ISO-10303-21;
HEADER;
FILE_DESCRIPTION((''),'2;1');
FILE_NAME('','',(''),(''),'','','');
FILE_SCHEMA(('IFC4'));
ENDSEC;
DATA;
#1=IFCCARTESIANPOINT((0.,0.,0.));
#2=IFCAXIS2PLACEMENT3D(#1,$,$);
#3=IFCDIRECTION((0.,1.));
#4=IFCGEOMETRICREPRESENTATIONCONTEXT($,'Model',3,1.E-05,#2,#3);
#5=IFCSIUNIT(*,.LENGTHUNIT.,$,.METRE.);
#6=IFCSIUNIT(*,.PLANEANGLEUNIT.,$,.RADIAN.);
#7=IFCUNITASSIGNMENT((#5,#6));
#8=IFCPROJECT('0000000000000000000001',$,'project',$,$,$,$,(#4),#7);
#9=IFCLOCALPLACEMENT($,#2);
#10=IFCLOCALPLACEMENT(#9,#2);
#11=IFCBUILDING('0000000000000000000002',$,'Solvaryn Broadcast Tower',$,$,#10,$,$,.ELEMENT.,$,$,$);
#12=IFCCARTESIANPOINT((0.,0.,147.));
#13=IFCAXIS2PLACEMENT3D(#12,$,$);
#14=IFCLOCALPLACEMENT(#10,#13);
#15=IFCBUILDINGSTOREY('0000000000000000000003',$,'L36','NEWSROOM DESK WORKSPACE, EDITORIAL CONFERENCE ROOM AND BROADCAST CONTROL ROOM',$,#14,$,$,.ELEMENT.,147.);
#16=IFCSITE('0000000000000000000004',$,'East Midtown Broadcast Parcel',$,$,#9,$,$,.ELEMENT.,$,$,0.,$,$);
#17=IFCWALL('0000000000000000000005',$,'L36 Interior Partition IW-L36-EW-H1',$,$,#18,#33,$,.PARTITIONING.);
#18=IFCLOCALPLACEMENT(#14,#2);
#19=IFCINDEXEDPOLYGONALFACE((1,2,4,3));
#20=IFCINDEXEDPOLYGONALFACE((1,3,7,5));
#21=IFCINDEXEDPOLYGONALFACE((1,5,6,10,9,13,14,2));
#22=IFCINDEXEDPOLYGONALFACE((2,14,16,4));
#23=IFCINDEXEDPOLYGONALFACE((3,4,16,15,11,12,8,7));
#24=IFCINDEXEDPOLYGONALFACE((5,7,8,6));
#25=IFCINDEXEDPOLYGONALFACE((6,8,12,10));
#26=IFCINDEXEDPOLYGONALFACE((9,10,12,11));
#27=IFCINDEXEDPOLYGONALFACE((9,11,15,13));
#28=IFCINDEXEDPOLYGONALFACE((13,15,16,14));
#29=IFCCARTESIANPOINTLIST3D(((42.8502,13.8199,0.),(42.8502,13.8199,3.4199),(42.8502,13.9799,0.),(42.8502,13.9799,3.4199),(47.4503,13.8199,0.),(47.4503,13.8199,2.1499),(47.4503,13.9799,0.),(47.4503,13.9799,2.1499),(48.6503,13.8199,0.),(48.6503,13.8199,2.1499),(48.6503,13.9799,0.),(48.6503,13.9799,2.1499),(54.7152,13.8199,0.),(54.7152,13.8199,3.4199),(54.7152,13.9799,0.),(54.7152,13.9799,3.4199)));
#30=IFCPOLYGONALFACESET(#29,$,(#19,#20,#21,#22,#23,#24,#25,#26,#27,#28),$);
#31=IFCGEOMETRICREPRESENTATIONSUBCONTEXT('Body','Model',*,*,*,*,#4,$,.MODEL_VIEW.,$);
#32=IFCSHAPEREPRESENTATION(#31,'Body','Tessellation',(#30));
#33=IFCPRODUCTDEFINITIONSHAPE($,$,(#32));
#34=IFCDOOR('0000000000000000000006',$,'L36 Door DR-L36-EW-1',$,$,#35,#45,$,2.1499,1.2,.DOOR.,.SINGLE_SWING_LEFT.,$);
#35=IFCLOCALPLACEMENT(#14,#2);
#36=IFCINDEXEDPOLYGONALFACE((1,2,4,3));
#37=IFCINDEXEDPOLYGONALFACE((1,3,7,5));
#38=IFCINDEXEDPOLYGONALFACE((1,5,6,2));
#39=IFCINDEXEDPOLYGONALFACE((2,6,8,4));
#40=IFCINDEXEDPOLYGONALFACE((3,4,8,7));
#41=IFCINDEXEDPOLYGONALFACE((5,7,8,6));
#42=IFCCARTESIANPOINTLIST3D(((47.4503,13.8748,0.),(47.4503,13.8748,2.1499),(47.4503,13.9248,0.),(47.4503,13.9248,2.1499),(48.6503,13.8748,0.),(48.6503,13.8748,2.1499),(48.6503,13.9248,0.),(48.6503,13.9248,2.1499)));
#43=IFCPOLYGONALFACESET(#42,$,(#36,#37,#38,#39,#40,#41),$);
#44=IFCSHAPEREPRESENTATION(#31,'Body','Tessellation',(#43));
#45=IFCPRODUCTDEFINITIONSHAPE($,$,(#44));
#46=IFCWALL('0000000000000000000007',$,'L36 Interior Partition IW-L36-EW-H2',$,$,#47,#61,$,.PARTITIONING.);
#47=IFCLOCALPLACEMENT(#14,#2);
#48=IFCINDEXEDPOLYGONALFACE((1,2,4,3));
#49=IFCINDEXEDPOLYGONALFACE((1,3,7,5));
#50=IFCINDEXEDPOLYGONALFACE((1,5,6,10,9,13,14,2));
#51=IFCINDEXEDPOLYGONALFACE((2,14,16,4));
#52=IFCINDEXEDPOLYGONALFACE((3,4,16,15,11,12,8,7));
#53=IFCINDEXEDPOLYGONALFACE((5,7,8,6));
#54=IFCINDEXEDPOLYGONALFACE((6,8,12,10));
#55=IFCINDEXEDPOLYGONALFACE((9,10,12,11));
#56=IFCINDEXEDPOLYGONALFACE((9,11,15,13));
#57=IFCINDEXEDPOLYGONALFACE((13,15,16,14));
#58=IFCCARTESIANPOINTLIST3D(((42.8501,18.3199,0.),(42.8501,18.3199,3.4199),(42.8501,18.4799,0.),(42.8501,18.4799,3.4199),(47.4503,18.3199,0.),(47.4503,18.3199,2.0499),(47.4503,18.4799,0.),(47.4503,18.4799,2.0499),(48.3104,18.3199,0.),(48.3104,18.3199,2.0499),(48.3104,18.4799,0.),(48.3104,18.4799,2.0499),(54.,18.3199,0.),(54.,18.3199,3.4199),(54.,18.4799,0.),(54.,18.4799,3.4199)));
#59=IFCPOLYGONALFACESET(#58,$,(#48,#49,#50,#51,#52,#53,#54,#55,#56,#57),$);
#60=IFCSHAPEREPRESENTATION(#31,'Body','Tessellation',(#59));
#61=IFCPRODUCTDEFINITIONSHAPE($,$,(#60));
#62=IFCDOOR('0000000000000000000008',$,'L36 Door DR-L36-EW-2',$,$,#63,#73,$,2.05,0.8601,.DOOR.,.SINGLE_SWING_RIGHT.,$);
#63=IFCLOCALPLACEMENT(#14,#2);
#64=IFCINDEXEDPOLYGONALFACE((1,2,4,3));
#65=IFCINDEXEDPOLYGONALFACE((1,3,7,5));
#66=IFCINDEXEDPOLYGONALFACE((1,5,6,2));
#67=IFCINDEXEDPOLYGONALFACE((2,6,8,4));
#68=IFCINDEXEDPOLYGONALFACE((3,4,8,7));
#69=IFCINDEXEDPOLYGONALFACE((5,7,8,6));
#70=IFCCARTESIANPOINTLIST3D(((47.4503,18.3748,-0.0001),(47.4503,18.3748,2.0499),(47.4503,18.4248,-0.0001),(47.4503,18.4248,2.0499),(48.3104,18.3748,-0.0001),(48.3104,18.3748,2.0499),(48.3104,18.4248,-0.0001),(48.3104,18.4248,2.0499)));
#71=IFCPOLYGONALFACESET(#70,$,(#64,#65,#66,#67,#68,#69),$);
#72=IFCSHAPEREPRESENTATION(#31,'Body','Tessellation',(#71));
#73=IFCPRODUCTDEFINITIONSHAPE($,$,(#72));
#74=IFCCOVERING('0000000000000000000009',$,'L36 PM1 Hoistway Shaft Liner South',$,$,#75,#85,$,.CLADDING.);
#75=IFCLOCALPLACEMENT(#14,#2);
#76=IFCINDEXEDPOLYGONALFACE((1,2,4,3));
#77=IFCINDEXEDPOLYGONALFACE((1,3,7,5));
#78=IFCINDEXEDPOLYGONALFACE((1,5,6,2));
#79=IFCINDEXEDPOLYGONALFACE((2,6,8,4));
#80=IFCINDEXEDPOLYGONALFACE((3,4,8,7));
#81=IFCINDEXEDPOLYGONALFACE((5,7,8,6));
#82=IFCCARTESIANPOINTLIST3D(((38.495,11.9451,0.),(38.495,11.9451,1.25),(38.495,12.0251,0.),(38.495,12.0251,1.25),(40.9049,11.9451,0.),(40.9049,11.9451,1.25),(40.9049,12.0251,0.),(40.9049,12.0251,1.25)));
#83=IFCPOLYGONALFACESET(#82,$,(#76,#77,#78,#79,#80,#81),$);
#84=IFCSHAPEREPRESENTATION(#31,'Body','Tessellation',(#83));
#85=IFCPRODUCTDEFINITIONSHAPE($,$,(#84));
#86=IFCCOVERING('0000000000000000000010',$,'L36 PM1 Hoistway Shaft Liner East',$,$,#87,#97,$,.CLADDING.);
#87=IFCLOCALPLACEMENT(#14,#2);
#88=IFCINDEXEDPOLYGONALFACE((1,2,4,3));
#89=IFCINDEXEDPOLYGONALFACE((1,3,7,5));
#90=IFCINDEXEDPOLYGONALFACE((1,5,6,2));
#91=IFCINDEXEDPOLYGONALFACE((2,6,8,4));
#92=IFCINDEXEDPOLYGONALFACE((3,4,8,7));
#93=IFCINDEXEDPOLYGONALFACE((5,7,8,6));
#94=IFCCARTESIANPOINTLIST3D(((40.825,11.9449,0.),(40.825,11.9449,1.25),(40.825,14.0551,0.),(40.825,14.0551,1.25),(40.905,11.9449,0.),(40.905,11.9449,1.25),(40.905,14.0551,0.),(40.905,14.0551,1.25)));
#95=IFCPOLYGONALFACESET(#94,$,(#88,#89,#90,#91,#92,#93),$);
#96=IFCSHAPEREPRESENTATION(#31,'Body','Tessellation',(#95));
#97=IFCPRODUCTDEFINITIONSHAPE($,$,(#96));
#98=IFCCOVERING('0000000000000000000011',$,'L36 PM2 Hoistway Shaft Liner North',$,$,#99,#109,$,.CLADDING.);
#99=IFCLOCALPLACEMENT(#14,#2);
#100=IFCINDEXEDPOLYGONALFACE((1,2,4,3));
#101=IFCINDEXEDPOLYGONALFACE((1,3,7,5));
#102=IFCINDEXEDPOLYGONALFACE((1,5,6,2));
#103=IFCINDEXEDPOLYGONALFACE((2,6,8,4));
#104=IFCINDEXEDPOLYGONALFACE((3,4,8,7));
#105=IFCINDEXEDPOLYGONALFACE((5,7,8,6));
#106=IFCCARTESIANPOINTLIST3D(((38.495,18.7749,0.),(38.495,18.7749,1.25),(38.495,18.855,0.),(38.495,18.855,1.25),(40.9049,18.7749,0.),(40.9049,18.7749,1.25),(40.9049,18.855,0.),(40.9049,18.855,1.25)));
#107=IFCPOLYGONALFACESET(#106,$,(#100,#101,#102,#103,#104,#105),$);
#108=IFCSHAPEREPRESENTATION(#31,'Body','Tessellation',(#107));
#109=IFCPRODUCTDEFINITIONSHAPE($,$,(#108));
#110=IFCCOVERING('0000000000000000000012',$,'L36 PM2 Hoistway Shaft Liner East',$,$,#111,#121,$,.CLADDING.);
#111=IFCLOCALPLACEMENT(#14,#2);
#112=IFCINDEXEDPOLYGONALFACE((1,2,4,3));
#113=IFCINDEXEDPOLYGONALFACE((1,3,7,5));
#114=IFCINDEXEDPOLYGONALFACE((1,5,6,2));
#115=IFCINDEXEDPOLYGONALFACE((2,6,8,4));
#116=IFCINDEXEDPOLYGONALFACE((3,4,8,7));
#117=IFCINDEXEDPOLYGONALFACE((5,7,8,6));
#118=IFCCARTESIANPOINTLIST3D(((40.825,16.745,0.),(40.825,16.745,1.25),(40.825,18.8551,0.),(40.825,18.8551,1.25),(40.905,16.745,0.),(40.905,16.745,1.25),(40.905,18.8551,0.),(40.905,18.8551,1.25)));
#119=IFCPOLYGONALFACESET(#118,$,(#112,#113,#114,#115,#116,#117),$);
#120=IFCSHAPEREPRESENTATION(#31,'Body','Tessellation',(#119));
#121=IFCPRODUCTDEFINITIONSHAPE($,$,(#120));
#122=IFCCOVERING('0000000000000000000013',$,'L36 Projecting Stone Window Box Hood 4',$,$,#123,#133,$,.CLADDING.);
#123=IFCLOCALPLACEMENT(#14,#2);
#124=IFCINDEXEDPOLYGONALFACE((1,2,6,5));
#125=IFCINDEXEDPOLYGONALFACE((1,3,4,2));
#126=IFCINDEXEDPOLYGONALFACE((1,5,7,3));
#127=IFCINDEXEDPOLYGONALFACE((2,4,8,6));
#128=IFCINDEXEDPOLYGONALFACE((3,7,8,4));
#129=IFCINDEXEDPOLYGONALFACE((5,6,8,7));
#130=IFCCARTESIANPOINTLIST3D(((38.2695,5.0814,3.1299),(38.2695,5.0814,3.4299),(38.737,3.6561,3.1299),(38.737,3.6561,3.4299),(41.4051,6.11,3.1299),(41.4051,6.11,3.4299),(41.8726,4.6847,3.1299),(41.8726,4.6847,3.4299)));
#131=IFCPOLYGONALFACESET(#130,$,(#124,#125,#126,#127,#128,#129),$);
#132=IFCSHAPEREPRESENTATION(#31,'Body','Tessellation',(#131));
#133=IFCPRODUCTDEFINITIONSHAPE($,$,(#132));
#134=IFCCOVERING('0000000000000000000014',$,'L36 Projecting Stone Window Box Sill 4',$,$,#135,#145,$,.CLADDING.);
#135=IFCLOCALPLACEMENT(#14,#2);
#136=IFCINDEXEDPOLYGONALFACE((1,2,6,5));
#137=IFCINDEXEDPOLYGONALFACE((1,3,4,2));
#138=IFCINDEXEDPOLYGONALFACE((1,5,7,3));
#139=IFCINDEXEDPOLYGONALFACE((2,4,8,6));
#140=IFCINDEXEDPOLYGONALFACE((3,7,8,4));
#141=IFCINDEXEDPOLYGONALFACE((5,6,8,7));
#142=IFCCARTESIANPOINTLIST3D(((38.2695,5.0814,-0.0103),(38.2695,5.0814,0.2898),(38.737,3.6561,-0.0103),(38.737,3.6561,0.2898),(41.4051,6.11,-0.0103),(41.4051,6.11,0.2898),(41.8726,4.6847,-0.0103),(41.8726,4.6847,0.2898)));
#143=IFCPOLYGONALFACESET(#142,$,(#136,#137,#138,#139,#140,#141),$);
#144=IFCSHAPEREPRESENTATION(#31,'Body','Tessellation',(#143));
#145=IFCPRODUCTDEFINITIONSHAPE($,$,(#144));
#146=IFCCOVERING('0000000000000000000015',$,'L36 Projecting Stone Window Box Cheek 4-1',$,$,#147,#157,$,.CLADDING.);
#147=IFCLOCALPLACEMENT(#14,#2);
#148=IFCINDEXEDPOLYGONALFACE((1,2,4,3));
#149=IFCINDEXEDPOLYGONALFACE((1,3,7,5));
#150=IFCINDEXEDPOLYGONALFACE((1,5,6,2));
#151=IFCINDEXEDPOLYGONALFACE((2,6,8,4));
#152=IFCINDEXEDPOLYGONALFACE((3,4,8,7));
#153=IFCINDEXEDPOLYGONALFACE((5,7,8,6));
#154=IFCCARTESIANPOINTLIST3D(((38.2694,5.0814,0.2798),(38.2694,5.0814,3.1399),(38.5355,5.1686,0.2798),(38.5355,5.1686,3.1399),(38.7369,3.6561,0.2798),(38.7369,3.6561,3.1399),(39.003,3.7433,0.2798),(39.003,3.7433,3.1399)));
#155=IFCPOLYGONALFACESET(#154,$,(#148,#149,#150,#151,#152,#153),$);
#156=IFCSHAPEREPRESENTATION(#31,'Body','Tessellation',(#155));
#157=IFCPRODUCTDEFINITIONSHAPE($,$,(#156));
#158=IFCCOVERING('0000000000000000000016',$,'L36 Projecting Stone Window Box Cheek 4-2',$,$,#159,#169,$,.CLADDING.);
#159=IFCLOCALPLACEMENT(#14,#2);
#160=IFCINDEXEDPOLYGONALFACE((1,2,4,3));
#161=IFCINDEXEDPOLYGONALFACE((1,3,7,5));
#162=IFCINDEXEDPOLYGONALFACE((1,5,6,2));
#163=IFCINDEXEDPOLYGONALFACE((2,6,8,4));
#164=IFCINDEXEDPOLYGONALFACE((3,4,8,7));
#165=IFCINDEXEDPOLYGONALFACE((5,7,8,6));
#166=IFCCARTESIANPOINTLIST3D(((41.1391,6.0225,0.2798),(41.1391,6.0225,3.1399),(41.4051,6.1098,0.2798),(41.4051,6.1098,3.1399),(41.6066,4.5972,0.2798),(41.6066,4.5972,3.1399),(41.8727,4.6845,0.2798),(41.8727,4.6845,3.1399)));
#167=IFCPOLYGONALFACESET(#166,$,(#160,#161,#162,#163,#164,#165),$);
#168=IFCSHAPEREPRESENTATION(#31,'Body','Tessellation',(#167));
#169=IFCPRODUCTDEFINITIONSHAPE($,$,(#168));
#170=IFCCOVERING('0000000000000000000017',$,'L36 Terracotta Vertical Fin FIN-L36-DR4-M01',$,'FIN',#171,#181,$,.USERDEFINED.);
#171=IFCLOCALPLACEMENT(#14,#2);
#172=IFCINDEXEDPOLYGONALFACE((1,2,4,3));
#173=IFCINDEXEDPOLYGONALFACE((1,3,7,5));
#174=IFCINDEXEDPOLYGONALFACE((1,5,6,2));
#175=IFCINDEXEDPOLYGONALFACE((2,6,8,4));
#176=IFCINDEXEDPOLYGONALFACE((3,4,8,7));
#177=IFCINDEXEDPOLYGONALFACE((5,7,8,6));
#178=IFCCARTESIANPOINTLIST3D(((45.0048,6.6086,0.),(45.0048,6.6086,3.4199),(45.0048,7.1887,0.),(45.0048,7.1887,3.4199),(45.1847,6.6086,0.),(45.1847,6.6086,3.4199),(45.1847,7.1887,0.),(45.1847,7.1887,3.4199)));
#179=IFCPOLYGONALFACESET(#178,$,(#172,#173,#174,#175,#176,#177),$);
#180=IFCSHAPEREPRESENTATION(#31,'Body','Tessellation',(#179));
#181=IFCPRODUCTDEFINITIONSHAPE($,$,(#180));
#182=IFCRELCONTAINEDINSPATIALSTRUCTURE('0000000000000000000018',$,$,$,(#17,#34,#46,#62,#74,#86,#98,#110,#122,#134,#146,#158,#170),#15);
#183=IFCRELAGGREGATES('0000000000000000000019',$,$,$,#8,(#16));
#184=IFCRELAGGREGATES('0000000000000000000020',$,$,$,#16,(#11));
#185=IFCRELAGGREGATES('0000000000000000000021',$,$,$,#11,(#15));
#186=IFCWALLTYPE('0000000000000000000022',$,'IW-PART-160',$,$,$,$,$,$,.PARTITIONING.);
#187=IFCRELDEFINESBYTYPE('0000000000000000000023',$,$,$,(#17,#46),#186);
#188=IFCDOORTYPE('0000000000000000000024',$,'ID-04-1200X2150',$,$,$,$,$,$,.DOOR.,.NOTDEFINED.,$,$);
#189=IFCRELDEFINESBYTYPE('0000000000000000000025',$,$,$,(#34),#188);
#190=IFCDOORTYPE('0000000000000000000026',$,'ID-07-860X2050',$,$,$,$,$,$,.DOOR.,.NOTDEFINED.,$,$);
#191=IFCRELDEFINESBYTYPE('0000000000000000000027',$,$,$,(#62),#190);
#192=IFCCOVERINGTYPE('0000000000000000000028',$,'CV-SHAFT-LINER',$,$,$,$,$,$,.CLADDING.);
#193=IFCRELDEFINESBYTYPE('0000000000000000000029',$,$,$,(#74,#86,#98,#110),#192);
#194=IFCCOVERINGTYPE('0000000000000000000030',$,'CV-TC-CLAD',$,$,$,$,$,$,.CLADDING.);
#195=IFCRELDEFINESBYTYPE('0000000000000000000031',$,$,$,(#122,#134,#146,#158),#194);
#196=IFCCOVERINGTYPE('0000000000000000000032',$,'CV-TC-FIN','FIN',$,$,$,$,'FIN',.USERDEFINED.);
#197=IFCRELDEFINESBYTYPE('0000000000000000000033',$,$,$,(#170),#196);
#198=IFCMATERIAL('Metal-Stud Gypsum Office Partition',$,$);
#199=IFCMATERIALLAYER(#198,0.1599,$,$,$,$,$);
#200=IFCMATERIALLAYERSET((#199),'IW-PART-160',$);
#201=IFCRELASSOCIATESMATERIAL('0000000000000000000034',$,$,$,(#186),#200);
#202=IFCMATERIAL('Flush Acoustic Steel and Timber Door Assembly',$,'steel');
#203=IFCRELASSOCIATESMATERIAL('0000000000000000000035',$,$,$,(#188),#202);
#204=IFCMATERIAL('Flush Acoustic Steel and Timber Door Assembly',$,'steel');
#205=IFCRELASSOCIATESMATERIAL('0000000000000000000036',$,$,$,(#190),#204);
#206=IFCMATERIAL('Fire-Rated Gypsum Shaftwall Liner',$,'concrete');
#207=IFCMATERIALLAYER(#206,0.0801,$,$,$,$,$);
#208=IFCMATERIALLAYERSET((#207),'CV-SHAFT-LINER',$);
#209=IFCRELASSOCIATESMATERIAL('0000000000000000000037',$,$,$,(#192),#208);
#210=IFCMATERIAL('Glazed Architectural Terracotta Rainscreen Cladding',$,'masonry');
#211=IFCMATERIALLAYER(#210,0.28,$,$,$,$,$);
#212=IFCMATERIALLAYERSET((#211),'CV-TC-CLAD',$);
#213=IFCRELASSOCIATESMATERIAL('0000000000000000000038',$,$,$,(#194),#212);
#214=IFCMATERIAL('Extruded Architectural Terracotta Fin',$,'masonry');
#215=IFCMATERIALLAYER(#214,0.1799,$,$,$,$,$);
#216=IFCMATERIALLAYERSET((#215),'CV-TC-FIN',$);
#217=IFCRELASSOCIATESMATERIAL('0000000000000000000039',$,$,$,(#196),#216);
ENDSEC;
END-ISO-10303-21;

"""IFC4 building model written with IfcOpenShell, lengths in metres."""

from ifc_helpers import new_model, si_unit, direction, frame, frame_2d, origin, origin_2d, place, context, subcontext, project, spatial, rectangle, extrude, material, layer, layer_set, type_object, element, fill, save


model = new_model("IFC4")

# Units and contexts
model_context = context("Model", 3, precision=1e-05, world=origin(), true_north=direction((0.0, 1.0)))
body_context = subcontext(model_context, "Body", "Model", "MODEL_VIEW")
ifc_project = project(units=[si_unit("LENGTHUNIT", "METRE"), si_unit("PLANEANGLEUNIT", "RADIAN")], contexts=[model_context])

# Site, building, storey
site_placement = place(None, origin())
site = spatial("IfcSite", under=ifc_project, at=site_placement, Name="East Midtown Broadcast Parcel", CompositionType="ELEMENT", RefElevation=0.0)
building_placement = place(site_placement, origin())
building = spatial("IfcBuilding", under=site, at=building_placement, Name="Solvaryn Broadcast Tower", CompositionType="ELEMENT")
storey_placement = place(building_placement, frame((0.0, 0.0, 147.0)))
storey = spatial("IfcBuildingStorey", under=building, at=storey_placement, Name="L36", Description="NEWSROOM DESK WORKSPACE, EDITORIAL CONFERENCE ROOM AND BROADCAST CONTROL ROOM", CompositionType="ELEMENT", Elevation=147.0)

# Shared definitions
ifc_material_1 = material(Name="Metal-Stud Gypsum Office Partition")
ifc_layer_1 = layer(ifc_material_1, 0.1599)
ifc_layer_set_1 = layer_set([ifc_layer_1], Name="IW-PART-160")
wall_type_1 = type_object("IfcWallType", Name="IW-PART-160", PredefinedType="PARTITIONING", material=ifc_layer_set_1)

# Walls, openings, doors
wall_1_placement = place(storey_placement, frame((42.8501, 13.8999, 0.0), z_axis=(0.0, 0.0, 1.0), x_axis=(1.0, 0.0, 0.0)))
wall_1 = element("IfcWall", 1, at=wall_1_placement, inside=storey, type_object=wall_type_1, Name="L36 Interior Partition IW-L36-EW-H1", PredefinedType="PARTITIONING", context=body_context, shape_type="SweptSolid", body=[
    extrude(rectangle(XDim=11.865, YDim=0.1599, at=frame_2d((5.9326, 0.0))), origin(), (0.0, 0.0, 1.0), 3.4199),
])
opening_1_placement = place(wall_1_placement, frame((4.6001, 0.0, 0.0)))
opening_1 = element("IfcOpeningElement", 2, at=opening_1_placement, cuts=wall_1, PredefinedType="OPENING", context=body_context, shape_type="SweptSolid", body=[
    extrude(rectangle(XDim=1.2, YDim=2.1499, at=frame_2d((0.6001, 1.075))), frame((0.0, 0.0901, 0.0), z_axis=(0.0, -1.0, 0.0), x_axis=(1.0, 0.0, 0.0)), (0.0, 0.0, 1.0), 0.1799),
])
ifc_material_2 = material(Name="Flush Acoustic Steel and Timber Door Assembly", Category="steel")
door_type_1 = type_object("IfcDoorType", Name="ID-04-1200X2150", OperationType="NOTDEFINED", PredefinedType="DOOR", material=ifc_material_2)
door_1_placement = place(opening_1_placement, origin())
door_1 = element("IfcDoor", 3, at=door_1_placement, inside=storey, type_object=door_type_1, Name="L36 Door DR-L36-EW-1", OperationType="SINGLE_SWING_LEFT", OverallHeight=2.1499, OverallWidth=1.2, PredefinedType="DOOR", context=body_context, shape_type="SweptSolid", body=[
    extrude(rectangle(XDim=1.2, YDim=2.1499, at=frame_2d((0.6001, 1.075))), frame((0.0, 0.0249, 0.0), z_axis=(0.0, -1.0, 0.0), x_axis=(1.0, 0.0, 0.0)), (0.0, 0.0, 1.0), 0.05),
])
fill(opening_1, door_1)
wall_2_placement = place(storey_placement, frame((42.8501, 18.3999, 0.0), z_axis=(0.0, 0.0, 1.0), x_axis=(1.0, 0.0, 0.0)))
wall_2 = element("IfcWall", 4, at=wall_2_placement, inside=storey, type_object=wall_type_1, Name="L36 Interior Partition IW-L36-EW-H2", PredefinedType="PARTITIONING", context=body_context, shape_type="SweptSolid", body=[
    extrude(rectangle(XDim=11.1499, YDim=0.1599, at=frame_2d((5.575, 0.0))), origin(), (0.0, 0.0, 1.0), 3.4199),
])
opening_2_placement = place(wall_2_placement, frame((4.6001, 0.0, 0.0)))
opening_2 = element("IfcOpeningElement", 5, at=opening_2_placement, cuts=wall_2, PredefinedType="OPENING", context=body_context, shape_type="SweptSolid", body=[
    extrude(rectangle(XDim=0.8601, YDim=2.05, at=frame_2d((0.4302, 1.0249))), frame((0.0, 0.0901, 0.0), z_axis=(0.0, -1.0, 0.0), x_axis=(1.0, 0.0, 0.0)), (0.0, 0.0, 1.0), 0.1799),
])
ifc_material_3 = material(Name="Flush Acoustic Steel and Timber Door Assembly", Category="steel")
door_type_2 = type_object("IfcDoorType", Name="ID-07-860X2050", OperationType="NOTDEFINED", PredefinedType="DOOR", material=ifc_material_3)
door_2_placement = place(opening_2_placement, origin())
door_2 = element("IfcDoor", 6, at=door_2_placement, inside=storey, type_object=door_type_2, Name="L36 Door DR-L36-EW-2", OperationType="SINGLE_SWING_RIGHT", OverallHeight=2.05, OverallWidth=0.8601, PredefinedType="DOOR", context=body_context, shape_type="SweptSolid", body=[
    extrude(rectangle(XDim=0.8601, YDim=2.05, at=frame_2d((0.4302, 1.0249))), frame((0.0, 0.0249, 0.0), z_axis=(0.0, -1.0, 0.0), x_axis=(1.0, 0.0, 0.0)), (0.0, 0.0, 1.0), 0.05),
])
fill(opening_2, door_2)

# Coverings
ifc_material_4 = material(Name="Fire-Rated Gypsum Shaftwall Liner", Category="concrete")
ifc_layer_2 = layer(ifc_material_4, 0.0801)
ifc_layer_set_2 = layer_set([ifc_layer_2], Name="CV-SHAFT-LINER")
covering_type_1 = type_object("IfcCoveringType", Name="CV-SHAFT-LINER", PredefinedType="CLADDING", material=ifc_layer_set_2)
covering_1_placement = place(storey_placement, frame((39.7, 11.9851, 0.0), z_axis=(0.0, 0.0, 1.0), x_axis=(1.0, 0.0, 0.0)))
element("IfcCovering", 7, at=covering_1_placement, inside=storey, type_object=covering_type_1, Name="L36 PM1 Hoistway Shaft Liner South", PredefinedType="CLADDING", context=body_context, shape_type="SweptSolid", body=[
    extrude(rectangle(XDim=2.4099, YDim=0.0801, at=origin_2d()), origin(), (0.0, 0.0, 1.0), 1.25),
])
covering_2_placement = place(storey_placement, frame((40.865, 13.0, 0.0), z_axis=(0.0, 0.0, 1.0), x_axis=(1.0, 0.0, 0.0)))
element("IfcCovering", 8, at=covering_2_placement, inside=storey, type_object=covering_type_1, Name="L36 PM1 Hoistway Shaft Liner East", PredefinedType="CLADDING", context=body_context, shape_type="SweptSolid", body=[
    extrude(rectangle(XDim=0.0801, YDim=2.1101, at=origin_2d()), origin(), (0.0, 0.0, 1.0), 1.25),
])
covering_3_placement = place(storey_placement, frame((39.7, 18.8149, 0.0), z_axis=(0.0, 0.0, 1.0), x_axis=(1.0, 0.0, 0.0)))
element("IfcCovering", 9, at=covering_3_placement, inside=storey, type_object=covering_type_1, Name="L36 PM2 Hoistway Shaft Liner North", PredefinedType="CLADDING", context=body_context, shape_type="SweptSolid", body=[
    extrude(rectangle(XDim=2.4099, YDim=0.0801, at=origin_2d()), origin(), (0.0, 0.0, 1.0), 1.25),
])
covering_4_placement = place(storey_placement, frame((40.865, 17.8, 0.0), z_axis=(0.0, 0.0, 1.0), x_axis=(1.0, 0.0, 0.0)))
element("IfcCovering", 10, at=covering_4_placement, inside=storey, type_object=covering_type_1, Name="L36 PM2 Hoistway Shaft Liner East", PredefinedType="CLADDING", context=body_context, shape_type="SweptSolid", body=[
    extrude(rectangle(XDim=0.0801, YDim=2.1101, at=origin_2d()), origin(), (0.0, 0.0, 1.0), 1.25),
])
ifc_material_5 = material(Name="Glazed Architectural Terracotta Rainscreen Cladding", Category="masonry")
ifc_layer_3 = layer(ifc_material_5, 0.28)
ifc_layer_set_3 = layer_set([ifc_layer_3], Name="CV-TC-CLAD")
covering_type_2 = type_object("IfcCoveringType", Name="CV-TC-CLAD", PredefinedType="CLADDING", material=ifc_layer_set_3)
for number, where, z_axis, x_axis, name in (
    (11, (40.071, 4.8831, 3.1299), (0.0, 0.0, 1.0), (0.95019, 0.311672, 0.0), "L36 Projecting Stone Window Box Hood 4"),
    (12, (40.071, 4.8831, -0.0103), (0.0, 0.0, 1.0), (0.95019, 0.311672, 0.0), "L36 Projecting Stone Window Box Sill 4"),
):
    element("IfcCovering", number, at=place(storey_placement, frame(where, z_axis=z_axis, x_axis=x_axis)), inside=storey, type_object=covering_type_2, Name=name, PredefinedType="CLADDING", context=body_context, shape_type="SweptSolid", body=[
        extrude(rectangle(XDim=3.3, YDim=1.5, at=origin_2d()), origin(), (0.0, 0.0, 1.0), 0.3),
    ])
for number, where, z_axis, x_axis, name in (
    (13, (38.6362, 4.4124, 0.2798), (0.0, 0.0, 1.0), (0.95019, 0.311672, 0.0), "L36 Projecting Stone Window Box Cheek 4-1"),
    (14, (41.5059, 5.3535, 0.2798), (0.0, 0.0, 1.0), (0.95019, 0.311672, 0.0), "L36 Projecting Stone Window Box Cheek 4-2"),
):
    element("IfcCovering", number, at=place(storey_placement, frame(where, z_axis=z_axis, x_axis=x_axis)), inside=storey, type_object=covering_type_2, Name=name, PredefinedType="CLADDING", context=body_context, shape_type="SweptSolid", body=[
        extrude(rectangle(XDim=0.28, YDim=1.5, at=origin_2d()), origin(), (0.0, 0.0, 1.0), 2.8601),
    ])
ifc_material_6 = material(Name="Extruded Architectural Terracotta Fin", Category="masonry")
ifc_layer_4 = layer(ifc_material_6, 0.1799)
ifc_layer_set_4 = layer_set([ifc_layer_4], Name="CV-TC-FIN")
covering_type_3 = type_object("IfcCoveringType", Name="CV-TC-FIN", Description="FIN", ElementType="FIN", PredefinedType="USERDEFINED", material=ifc_layer_set_4)
for number, where, z_axis, x_axis, name in (
    (15, (45.0947, 6.8987, 0.0), (0.0, 0.0, 1.0), (1.0, 0.0, 0.0), "L36 Terracotta Vertical Fin FIN-L36-DR4-M01"),
):
    element("IfcCovering", number, at=place(storey_placement, frame(where, z_axis=z_axis, x_axis=x_axis)), inside=storey, type_object=covering_type_3, Name=name, ObjectType="FIN", PredefinedType="USERDEFINED", context=body_context, shape_type="SweptSolid", body=[
        extrude(rectangle(XDim=0.1799, YDim=0.5801, at=origin_2d()), origin(), (0.0, 0.0, 1.0), 3.4199),
    ])

save(model, "model.ifc")
